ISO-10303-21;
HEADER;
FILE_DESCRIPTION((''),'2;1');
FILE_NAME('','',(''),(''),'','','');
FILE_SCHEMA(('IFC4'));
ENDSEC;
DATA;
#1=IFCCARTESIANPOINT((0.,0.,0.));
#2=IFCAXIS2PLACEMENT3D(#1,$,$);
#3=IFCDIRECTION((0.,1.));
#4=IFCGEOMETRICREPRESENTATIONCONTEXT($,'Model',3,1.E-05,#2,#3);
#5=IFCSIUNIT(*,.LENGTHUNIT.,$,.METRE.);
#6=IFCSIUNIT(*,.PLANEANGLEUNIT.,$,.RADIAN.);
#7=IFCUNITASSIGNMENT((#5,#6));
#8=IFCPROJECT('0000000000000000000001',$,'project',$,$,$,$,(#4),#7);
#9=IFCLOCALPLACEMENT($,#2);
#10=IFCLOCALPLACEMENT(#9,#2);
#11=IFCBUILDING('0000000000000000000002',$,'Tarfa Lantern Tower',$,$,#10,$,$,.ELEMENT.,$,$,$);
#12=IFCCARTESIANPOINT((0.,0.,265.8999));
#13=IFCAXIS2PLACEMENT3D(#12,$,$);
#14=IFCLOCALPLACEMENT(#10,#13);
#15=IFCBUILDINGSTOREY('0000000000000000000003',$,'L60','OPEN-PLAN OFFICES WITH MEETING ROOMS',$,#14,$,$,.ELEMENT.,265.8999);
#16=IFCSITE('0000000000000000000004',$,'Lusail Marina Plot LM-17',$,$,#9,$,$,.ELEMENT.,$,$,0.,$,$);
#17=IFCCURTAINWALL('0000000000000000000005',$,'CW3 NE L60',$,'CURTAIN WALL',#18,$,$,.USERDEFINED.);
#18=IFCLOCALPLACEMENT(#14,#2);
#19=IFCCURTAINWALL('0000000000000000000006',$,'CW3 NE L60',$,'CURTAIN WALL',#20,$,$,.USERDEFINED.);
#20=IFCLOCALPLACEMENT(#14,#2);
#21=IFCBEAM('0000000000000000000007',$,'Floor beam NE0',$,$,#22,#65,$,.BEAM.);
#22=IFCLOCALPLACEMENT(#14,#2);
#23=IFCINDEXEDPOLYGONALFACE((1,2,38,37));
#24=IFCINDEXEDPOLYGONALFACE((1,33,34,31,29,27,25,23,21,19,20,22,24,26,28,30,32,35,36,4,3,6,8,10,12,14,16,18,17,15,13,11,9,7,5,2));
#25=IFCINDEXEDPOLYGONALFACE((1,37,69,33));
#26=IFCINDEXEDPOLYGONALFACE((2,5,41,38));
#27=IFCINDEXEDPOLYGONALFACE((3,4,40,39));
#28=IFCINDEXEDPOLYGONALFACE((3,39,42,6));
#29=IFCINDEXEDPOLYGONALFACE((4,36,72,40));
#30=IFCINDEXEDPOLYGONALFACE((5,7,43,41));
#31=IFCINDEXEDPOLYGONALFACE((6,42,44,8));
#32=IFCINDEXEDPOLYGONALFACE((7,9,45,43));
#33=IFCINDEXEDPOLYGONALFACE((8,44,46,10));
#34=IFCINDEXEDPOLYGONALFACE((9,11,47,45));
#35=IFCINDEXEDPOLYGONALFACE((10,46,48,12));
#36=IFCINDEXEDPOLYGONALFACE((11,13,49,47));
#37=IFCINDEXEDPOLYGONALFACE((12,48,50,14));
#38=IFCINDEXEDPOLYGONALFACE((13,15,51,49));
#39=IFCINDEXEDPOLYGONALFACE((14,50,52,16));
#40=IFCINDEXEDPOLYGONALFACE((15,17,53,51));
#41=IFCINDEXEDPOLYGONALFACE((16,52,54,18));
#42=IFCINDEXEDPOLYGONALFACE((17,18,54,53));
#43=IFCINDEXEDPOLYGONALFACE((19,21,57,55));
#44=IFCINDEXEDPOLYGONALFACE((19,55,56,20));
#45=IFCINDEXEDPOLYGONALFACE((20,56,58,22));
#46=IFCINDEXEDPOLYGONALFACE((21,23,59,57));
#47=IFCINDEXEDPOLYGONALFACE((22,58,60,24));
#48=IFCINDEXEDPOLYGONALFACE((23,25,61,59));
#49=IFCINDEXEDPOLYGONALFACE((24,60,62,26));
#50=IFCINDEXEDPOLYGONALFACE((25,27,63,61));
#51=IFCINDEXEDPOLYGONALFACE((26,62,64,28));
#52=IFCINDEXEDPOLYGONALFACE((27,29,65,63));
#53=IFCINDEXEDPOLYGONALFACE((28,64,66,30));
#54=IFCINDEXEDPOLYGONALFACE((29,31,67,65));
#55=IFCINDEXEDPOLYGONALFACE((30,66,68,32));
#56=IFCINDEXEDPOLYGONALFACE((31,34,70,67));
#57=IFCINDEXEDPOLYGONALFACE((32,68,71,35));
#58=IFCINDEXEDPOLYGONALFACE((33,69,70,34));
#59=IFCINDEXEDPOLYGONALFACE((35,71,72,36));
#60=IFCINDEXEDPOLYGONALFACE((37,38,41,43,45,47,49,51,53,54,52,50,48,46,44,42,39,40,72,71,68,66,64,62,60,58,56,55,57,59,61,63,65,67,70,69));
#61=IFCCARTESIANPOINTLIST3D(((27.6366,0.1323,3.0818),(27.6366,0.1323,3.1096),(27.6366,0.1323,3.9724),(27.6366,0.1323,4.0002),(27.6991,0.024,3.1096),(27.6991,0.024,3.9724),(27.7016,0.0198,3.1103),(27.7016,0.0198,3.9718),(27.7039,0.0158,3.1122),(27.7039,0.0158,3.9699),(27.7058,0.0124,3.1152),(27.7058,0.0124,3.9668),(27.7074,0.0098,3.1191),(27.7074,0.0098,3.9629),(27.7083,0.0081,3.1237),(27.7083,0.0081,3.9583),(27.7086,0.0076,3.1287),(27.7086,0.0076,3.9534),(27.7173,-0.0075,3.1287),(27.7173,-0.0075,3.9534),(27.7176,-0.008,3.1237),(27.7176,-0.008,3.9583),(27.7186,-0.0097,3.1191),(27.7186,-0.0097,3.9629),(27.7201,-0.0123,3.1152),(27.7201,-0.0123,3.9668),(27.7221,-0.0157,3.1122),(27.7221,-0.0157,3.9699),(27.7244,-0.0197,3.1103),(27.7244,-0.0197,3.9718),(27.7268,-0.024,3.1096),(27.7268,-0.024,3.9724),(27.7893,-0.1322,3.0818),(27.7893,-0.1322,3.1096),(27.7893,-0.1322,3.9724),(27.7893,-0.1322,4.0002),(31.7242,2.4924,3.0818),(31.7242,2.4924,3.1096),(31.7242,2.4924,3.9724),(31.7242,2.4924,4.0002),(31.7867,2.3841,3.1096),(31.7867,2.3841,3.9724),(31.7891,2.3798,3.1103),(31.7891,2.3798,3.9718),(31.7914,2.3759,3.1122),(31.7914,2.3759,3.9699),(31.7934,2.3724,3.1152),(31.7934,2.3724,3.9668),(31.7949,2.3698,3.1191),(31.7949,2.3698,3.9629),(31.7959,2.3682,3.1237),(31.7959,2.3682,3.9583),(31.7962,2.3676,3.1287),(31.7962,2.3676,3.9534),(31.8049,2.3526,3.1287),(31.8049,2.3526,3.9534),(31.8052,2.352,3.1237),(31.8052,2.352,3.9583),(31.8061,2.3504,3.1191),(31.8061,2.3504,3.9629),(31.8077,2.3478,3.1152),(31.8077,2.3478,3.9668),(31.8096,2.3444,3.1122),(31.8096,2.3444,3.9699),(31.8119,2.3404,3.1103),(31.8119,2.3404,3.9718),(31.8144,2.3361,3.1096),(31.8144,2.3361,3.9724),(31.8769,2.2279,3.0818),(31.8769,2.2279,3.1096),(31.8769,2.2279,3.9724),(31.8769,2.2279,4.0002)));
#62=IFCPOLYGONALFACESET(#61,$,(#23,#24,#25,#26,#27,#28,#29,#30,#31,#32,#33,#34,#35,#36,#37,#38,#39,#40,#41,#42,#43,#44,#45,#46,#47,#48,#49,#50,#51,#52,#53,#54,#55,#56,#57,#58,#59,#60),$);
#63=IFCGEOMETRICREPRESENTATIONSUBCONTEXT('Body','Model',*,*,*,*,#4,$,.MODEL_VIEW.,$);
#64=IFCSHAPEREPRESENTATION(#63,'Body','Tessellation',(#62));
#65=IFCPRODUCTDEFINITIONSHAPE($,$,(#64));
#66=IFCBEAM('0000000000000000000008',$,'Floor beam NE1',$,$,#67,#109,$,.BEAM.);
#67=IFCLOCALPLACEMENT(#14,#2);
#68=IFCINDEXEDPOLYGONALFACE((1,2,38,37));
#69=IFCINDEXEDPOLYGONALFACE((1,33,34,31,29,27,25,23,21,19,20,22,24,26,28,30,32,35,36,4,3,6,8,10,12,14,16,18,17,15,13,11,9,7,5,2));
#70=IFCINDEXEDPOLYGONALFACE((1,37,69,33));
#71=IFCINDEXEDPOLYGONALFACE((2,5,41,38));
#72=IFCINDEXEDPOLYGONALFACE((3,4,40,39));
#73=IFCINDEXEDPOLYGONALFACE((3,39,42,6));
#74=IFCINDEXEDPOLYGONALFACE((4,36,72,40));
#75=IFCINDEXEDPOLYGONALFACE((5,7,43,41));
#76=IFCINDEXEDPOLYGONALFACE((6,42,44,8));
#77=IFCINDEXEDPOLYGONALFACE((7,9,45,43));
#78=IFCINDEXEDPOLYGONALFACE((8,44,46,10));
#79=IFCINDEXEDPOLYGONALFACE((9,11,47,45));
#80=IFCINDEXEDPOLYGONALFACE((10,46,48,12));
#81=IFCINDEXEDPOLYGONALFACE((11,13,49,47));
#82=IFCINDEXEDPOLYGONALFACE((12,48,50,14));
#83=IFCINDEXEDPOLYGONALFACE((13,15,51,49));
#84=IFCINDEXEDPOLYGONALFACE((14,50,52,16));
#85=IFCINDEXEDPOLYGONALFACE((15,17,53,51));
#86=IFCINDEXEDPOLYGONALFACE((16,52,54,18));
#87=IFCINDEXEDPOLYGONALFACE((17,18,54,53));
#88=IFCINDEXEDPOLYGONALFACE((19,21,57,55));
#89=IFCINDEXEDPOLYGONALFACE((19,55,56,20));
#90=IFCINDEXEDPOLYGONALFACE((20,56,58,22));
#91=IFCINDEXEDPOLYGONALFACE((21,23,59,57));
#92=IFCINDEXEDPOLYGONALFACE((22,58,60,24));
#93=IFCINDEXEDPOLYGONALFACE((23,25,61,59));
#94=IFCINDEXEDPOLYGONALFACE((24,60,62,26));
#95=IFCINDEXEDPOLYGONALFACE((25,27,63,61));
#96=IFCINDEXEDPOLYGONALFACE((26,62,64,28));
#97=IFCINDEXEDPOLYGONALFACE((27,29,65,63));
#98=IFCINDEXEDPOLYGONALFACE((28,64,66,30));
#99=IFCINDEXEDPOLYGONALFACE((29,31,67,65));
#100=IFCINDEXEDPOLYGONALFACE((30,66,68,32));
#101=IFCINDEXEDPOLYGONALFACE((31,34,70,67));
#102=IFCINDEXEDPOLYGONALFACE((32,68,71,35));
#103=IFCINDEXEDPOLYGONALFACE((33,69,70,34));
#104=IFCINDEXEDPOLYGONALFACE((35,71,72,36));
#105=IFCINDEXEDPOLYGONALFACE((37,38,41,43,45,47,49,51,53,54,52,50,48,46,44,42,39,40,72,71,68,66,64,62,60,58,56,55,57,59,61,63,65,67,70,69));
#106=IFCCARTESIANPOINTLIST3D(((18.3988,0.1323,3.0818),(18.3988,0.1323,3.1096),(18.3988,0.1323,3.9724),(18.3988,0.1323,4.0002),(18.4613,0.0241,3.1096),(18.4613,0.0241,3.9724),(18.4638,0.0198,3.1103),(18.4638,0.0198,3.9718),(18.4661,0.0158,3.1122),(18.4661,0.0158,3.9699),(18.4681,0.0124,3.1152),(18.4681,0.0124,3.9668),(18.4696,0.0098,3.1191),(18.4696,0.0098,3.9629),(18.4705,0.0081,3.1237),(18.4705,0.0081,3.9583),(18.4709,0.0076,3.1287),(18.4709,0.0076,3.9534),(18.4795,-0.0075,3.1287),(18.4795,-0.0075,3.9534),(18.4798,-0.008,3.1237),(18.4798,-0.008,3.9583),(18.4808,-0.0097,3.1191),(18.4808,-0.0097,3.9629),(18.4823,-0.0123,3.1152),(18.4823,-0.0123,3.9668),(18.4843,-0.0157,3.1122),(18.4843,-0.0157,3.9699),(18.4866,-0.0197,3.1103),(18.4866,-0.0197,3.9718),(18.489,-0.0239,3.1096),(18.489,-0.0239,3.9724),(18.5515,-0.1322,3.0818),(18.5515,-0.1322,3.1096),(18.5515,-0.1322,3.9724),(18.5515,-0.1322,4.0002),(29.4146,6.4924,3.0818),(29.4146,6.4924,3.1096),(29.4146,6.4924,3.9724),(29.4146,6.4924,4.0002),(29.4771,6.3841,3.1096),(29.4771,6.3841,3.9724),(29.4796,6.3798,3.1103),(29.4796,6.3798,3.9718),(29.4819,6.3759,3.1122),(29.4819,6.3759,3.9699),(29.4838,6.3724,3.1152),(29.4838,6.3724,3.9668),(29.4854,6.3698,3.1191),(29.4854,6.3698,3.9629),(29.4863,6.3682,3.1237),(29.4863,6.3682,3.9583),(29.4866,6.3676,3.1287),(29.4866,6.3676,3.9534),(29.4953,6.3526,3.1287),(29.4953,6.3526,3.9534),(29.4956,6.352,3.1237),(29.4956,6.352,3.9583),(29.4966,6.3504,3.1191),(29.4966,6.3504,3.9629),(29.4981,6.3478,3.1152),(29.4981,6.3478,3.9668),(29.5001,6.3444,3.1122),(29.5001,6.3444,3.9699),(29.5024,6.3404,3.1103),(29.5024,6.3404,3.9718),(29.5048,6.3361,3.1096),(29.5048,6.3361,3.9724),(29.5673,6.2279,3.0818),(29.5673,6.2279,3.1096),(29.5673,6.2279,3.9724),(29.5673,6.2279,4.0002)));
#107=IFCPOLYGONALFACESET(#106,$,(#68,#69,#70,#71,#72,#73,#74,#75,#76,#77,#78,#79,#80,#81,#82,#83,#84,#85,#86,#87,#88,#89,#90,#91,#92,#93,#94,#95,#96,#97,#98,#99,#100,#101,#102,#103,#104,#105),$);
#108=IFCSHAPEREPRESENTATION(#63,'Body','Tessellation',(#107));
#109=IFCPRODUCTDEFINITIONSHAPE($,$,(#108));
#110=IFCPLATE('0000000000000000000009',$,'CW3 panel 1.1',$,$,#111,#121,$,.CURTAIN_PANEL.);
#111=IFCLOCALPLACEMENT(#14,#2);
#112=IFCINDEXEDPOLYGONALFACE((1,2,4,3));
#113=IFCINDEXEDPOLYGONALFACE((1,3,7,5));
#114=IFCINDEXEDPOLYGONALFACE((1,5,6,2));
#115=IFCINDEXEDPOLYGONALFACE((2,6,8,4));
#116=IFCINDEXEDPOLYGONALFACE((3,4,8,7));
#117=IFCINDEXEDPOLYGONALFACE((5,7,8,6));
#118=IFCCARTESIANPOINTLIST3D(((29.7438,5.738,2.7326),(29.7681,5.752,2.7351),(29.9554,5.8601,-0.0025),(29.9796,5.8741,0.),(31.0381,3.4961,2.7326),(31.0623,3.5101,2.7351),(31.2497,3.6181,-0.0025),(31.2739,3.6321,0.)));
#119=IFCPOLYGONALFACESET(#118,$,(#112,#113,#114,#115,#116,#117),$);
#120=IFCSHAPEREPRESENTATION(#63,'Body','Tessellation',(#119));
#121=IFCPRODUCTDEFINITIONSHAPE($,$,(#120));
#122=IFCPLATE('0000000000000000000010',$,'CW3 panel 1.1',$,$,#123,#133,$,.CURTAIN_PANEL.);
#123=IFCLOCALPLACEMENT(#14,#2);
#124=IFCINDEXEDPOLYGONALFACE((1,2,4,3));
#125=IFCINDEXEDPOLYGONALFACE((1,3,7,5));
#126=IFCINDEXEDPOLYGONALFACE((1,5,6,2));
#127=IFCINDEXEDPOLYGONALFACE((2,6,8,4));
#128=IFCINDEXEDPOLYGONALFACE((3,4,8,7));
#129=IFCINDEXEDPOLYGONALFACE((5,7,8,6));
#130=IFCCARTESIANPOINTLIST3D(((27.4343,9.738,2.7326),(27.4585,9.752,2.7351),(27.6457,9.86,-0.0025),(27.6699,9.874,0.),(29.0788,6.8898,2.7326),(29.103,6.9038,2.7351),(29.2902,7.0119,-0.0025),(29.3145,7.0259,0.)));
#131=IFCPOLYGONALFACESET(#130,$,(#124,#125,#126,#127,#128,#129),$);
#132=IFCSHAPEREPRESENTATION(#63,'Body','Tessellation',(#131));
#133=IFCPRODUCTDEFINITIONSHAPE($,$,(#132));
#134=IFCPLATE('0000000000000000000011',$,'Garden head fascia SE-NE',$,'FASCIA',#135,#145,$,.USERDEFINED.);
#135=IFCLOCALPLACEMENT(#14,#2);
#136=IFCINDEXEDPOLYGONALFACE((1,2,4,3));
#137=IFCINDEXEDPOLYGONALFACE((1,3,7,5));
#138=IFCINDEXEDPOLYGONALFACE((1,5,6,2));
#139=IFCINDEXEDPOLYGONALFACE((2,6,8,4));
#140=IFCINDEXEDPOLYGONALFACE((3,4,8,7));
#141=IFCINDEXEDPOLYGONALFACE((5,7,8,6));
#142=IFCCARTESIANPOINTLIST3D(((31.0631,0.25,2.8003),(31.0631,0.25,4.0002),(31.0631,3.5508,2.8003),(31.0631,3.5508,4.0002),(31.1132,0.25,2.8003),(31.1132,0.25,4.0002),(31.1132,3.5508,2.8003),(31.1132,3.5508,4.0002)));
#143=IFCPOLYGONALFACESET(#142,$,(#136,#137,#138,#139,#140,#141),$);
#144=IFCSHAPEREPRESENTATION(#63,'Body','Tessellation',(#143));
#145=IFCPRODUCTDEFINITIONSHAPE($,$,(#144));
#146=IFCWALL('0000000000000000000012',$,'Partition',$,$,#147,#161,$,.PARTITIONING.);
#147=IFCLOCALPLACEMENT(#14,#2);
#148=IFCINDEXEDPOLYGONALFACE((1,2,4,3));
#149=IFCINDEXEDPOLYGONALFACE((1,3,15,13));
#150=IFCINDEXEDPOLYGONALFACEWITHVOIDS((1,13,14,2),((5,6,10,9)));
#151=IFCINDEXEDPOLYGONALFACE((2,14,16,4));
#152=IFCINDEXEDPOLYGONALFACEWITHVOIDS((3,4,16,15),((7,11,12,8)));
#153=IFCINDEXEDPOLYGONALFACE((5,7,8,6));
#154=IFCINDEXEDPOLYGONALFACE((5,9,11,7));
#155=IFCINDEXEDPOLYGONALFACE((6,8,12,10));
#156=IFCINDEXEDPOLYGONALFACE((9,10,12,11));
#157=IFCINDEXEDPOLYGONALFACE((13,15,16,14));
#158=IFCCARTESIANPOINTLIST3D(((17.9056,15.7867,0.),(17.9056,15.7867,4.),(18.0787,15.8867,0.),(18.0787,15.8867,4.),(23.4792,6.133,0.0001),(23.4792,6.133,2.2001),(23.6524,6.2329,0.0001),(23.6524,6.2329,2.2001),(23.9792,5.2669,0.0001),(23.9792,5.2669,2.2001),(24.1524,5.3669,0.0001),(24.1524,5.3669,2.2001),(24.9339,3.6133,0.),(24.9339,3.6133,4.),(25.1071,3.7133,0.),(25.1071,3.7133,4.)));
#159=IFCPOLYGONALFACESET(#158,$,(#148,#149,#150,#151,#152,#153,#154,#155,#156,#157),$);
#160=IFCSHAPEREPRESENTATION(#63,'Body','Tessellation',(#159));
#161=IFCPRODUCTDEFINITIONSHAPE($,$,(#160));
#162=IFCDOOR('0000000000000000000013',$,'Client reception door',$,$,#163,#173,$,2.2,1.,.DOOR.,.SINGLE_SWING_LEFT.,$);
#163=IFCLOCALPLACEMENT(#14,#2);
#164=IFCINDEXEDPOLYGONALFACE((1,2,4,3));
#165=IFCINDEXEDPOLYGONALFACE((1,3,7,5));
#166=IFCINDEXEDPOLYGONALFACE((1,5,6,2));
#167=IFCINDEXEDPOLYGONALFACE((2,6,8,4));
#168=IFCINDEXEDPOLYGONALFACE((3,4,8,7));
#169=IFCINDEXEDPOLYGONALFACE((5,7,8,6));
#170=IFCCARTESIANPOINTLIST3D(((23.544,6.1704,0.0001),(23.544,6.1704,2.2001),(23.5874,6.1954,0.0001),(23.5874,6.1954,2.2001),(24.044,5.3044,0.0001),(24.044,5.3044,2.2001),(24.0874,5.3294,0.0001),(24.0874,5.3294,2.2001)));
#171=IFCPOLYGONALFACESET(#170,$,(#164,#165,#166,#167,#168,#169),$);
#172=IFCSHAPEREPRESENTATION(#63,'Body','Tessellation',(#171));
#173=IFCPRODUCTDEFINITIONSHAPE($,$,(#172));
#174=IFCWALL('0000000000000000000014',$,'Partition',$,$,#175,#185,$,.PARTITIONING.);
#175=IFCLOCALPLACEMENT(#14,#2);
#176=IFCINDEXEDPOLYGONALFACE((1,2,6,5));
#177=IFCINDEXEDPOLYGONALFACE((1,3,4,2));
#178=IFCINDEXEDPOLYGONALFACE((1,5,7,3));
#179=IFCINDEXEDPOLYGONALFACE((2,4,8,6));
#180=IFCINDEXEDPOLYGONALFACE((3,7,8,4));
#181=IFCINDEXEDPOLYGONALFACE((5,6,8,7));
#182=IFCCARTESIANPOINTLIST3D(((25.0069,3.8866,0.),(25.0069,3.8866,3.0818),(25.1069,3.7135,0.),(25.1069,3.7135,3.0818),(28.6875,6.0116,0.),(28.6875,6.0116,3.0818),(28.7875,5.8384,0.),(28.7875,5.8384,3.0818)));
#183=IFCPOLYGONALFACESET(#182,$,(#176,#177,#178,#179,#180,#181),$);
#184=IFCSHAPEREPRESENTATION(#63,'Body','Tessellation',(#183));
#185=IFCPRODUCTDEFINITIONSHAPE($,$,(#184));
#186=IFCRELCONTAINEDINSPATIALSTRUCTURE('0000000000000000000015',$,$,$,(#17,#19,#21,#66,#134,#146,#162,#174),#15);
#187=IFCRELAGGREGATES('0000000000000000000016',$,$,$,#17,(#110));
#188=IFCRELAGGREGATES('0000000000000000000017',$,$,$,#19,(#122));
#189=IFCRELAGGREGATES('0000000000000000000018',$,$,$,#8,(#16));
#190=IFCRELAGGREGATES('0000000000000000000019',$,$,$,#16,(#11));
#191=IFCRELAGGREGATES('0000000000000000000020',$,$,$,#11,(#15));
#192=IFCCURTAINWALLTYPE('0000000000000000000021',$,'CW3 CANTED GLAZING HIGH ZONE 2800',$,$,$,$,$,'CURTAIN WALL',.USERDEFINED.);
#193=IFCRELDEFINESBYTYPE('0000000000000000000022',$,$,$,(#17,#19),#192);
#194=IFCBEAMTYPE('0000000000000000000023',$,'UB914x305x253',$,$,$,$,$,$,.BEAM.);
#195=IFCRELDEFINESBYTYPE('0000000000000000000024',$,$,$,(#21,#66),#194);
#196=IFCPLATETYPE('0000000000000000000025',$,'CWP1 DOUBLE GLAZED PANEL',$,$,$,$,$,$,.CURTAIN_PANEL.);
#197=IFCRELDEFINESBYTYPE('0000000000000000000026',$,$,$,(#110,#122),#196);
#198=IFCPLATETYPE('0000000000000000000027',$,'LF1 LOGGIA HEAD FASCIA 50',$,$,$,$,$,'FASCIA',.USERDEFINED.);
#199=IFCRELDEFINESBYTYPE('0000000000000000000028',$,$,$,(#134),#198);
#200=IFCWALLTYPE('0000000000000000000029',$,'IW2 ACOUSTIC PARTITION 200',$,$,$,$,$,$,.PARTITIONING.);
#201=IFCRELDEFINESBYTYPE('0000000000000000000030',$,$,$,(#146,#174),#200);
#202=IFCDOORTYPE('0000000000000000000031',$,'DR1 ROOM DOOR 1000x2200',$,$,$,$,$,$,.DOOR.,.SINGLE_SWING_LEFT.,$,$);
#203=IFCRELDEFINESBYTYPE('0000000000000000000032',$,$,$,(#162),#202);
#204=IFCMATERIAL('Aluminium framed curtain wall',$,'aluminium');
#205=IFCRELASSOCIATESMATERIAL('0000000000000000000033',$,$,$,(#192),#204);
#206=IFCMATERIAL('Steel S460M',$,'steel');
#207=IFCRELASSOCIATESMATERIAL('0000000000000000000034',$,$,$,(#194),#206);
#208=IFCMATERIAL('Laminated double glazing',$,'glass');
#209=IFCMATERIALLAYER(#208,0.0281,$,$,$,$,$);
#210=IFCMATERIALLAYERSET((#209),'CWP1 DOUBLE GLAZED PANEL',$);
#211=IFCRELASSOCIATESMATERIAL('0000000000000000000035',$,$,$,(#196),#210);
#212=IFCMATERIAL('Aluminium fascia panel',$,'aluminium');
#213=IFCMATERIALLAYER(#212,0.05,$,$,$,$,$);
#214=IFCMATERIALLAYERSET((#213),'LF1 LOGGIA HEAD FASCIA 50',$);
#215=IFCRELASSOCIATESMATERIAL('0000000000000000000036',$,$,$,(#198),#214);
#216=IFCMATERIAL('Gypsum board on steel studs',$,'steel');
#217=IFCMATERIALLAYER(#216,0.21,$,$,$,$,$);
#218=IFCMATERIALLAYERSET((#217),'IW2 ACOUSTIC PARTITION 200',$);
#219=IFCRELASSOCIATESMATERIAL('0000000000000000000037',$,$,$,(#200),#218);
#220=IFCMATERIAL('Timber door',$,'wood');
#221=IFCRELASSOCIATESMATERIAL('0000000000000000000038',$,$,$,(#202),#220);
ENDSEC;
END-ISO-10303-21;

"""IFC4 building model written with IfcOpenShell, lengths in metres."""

from ifc_helpers import new_model, si_unit, direction, frame, frame_2d, origin, origin_2d, place, context, subcontext, project, spatial, polyline, rectangle, i_section, outline, extrude, material, layer, layer_set, material_profile, profile_set, type_object, element, fill, aggregate, save


model = new_model("IFC4")

# Units and contexts
model_context = context("Model", 3, precision=1e-05, world=origin(), true_north=direction((0.0, 1.0)))
body_context = subcontext(model_context, "Body", "Model", "MODEL_VIEW")
ifc_project = project(units=[si_unit("LENGTHUNIT", "METRE"), si_unit("PLANEANGLEUNIT", "RADIAN")], contexts=[model_context])

# Site, building, storey
site_placement = place(None, origin())
site = spatial("IfcSite", under=ifc_project, at=site_placement, Name="Lusail Marina Plot LM-17", CompositionType="ELEMENT", RefElevation=0.0)
building_placement = place(site_placement, origin())
building = spatial("IfcBuilding", under=site, at=building_placement, Name="Tarfa Lantern Tower", CompositionType="ELEMENT")
storey_placement = place(building_placement, frame((0.0, 0.0, 265.8999)))
storey = spatial("IfcBuildingStorey", under=building, at=storey_placement, Name="L60", Description="OPEN-PLAN OFFICES WITH MEETING ROOMS", CompositionType="ELEMENT", Elevation=265.8999)

# Curtain walls
ifc_material_1 = material(Name="Aluminium framed curtain wall", Category="aluminium")
curtain_wall_type = type_object("IfcCurtainWallType", Name="CW3 CANTED GLAZING HIGH ZONE 2800", ElementType="CURTAIN WALL", PredefinedType="USERDEFINED", material=ifc_material_1)
curtain_wall_1_placement = place(storey_placement, origin())
curtain_wall_1 = element("IfcCurtainWall", 1, at=curtain_wall_1_placement, inside=storey, type_object=curtain_wall_type, Name="CW3 NE L60", ObjectType="CURTAIN WALL", PredefinedType="USERDEFINED")
curtain_wall_2_placement = place(storey_placement, origin())
curtain_wall_2 = element("IfcCurtainWall", 2, at=curtain_wall_2_placement, inside=storey, type_object=curtain_wall_type, Name="CW3 NE L60", ObjectType="CURTAIN WALL", PredefinedType="USERDEFINED")

# Beams
ifc_material_2 = material(Name="Steel S460M", Category="steel")
ifc_material_profile_1 = material_profile(ifc_material_2, i_section(OverallWidth=0.3054, OverallDepth=0.9185, WebThickness=0.0173, FlangeThickness=0.0278, FilletRadius=0.019, at=origin_2d()), Name="UB914x305x253")
ifc_profile_set_1 = profile_set([ifc_material_profile_1], Name="Steel S460M")
beam_type_1 = type_object("IfcBeamType", Name="UB914x305x253", PredefinedType="BEAM", material=ifc_profile_set_1)
beam_1_placement = place(storey_placement, frame((31.8005, 2.3601, 3.541), z_axis=(-0.866016, -0.500016, 0.0), x_axis=(0.500016, -0.866016, 0.0)))
element("IfcBeam", 3, at=beam_1_placement, inside=storey, type_object=beam_type_1, Name="Floor beam NE0", PredefinedType="BEAM", context=body_context, shape_type="SweptSolid", body=[
    extrude(i_section(OverallWidth=0.3054, OverallDepth=0.9185, WebThickness=0.0173, FlangeThickness=0.0278, FilletRadius=0.019, at=origin_2d()), origin(), (0.0, 0.0, 1.0), 4.72),
])
beam_2_placement = place(storey_placement, frame((29.491, 6.3601, 3.541), z_axis=(-0.866022, -0.500005, 0.0), x_axis=(0.500005, -0.866022, 0.0)))
element("IfcBeam", 4, at=beam_2_placement, inside=storey, type_object=beam_type_1, Name="Floor beam NE1", PredefinedType="BEAM", context=body_context, shape_type="SweptSolid", body=[
    extrude(i_section(OverallWidth=0.3054, OverallDepth=0.9185, WebThickness=0.0173, FlangeThickness=0.0278, FilletRadius=0.019, at=origin_2d()), origin(), (0.0, 0.0, 1.0), 12.72),
])

# Plates
ifc_material_3 = material(Name="Laminated double glazing", Category="glass")
ifc_layer_1 = layer(ifc_material_3, 0.0281)
ifc_layer_set_1 = layer_set([ifc_layer_1], Name="CWP1 DOUBLE GLAZED PANEL")
plate_type_1 = type_object("IfcPlateType", Name="CWP1 DOUBLE GLAZED PANEL", PredefinedType="CURTAIN_PANEL", material=ifc_layer_set_1)
plate_1_placement = place(storey_placement, frame((31.2739, 3.6321, 0.0), z_axis=(0.862605, 0.497997, 0.088945), x_axis=(-0.499979, 0.866038, 0.000004)))
plate_1 = element("IfcPlate", 5, at=plate_1_placement, type_object=plate_type_1, Name="CW3 panel 1.1", PredefinedType="CURTAIN_PANEL", context=body_context, shape_type="SweptSolid", body=[
    extrude(outline(polyline([(0.0, 0.0), (2.5888, 0.0), (2.5888, 2.746), (0.0001, 2.746), (0.0, 0.0)])), origin(), (0.0, 0.0, -1.0), 0.0281),
])
aggregate(curtain_wall_1, [plate_1])
plate_2_placement = place(storey_placement, frame((29.3145, 7.0259, 0.0), z_axis=(0.862576, 0.498055, 0.088906), x_axis=(-0.500035, 0.866005, 0.0)))
plate_2 = element("IfcPlate", 6, at=plate_2_placement, type_object=plate_type_1, Name="CW3 panel 1.1", PredefinedType="CURTAIN_PANEL", context=body_context, shape_type="SweptSolid", body=[
    extrude(outline(polyline([(0.0, 0.0), (3.2888, 0.0), (3.2888, 2.746), (0.0, 2.746), (0.0, 0.0)])), origin(), (0.0, 0.0, -1.0), 0.0281),
])
aggregate(curtain_wall_2, [plate_2])
ifc_material_4 = material(Name="Aluminium fascia panel", Category="aluminium")
ifc_layer_2 = layer(ifc_material_4, 0.05)
ifc_layer_set_2 = layer_set([ifc_layer_2], Name="LF1 LOGGIA HEAD FASCIA 50")
plate_type_2 = type_object("IfcPlateType", Name="LF1 LOGGIA HEAD FASCIA 50", ElementType="FASCIA", PredefinedType="USERDEFINED", material=ifc_layer_set_2)
plate_3_placement = place(storey_placement, frame((31.0881, 1.9004, 2.8003), z_axis=(0.0, 0.0, 1.0), x_axis=(0.0, 1.0, 0.0)))
element("IfcPlate", 7, at=plate_3_placement, inside=storey, type_object=plate_type_2, Name="Garden head fascia SE-NE", ObjectType="FASCIA", PredefinedType="USERDEFINED", context=body_context, shape_type="SweptSolid", body=[
    extrude(rectangle(XDim=3.3008, YDim=0.05, at=origin_2d()), origin(), (0.0, 0.0, 1.0), 1.2),
])

# Wall, opening, door
ifc_material_5 = material(Name="Gypsum board on steel studs", Category="steel")
ifc_layer_3 = layer(ifc_material_5, 0.21)
ifc_layer_set_3 = layer_set([ifc_layer_3], Name="IW2 ACOUSTIC PARTITION 200")
wall_type = type_object("IfcWallType", Name="IW2 ACOUSTIC PARTITION 200", PredefinedType="PARTITIONING", material=ifc_layer_set_3)
wall_1_placement = place(storey_placement, frame((25.0205, 3.6633, 0.0), z_axis=(0.0, 0.0, 1.0), x_axis=(-0.500002, 0.866024, 0.0)))
wall_1 = element("IfcWall", 8, at=wall_1_placement, inside=storey, type_object=wall_type, Name="Partition", PredefinedType="PARTITIONING", context=body_context, shape_type="SweptSolid", body=[
    extrude(rectangle(XDim=14.0566, YDim=0.2, at=frame_2d((7.0283, 0.0))), origin(), (0.0, 0.0, 1.0), 4.0),
])
opening_1_placement = place(wall_1_placement, frame((1.9094, 0.0, 0.0)))
opening_1 = element("IfcOpeningElement", 9, at=opening_1_placement, cuts=wall_1, PredefinedType="OPENING", context=body_context, shape_type="SweptSolid", body=[
    extrude(rectangle(XDim=1.0, YDim=2.2, at=frame_2d((0.5, 1.1001))), frame((0.0, 0.1099, 0.0), z_axis=(0.0, -1.0, 0.0), x_axis=(1.0, 0.0, 0.0)), (0.0, 0.0, 1.0), 0.22),
])
ifc_material_6 = material(Name="Timber door", Category="wood")
door_type = type_object("IfcDoorType", Name="DR1 ROOM DOOR 1000x2200", OperationType="SINGLE_SWING_LEFT", PredefinedType="DOOR", material=ifc_material_6)
door_1_placement = place(opening_1_placement, frame((1.0, 0.0, 0.0), z_axis=(0.0, 0.0, 1.0), x_axis=(-1.0, 0.0, 0.0)))
door_1 = element("IfcDoor", 10, at=door_1_placement, inside=storey, type_object=door_type, Name="Client reception door", OperationType="SINGLE_SWING_LEFT", OverallHeight=2.2, OverallWidth=1.0, PredefinedType="DOOR", context=body_context, shape_type="SweptSolid", body=[
    extrude(rectangle(XDim=1.0, YDim=2.2, at=frame_2d((0.5, 1.1001))), frame((0.0, 0.0249, 0.0), z_axis=(0.0, -1.0, 0.0), x_axis=(1.0, 0.0, 0.0)), (0.0, 0.0, 1.0), 0.05),
])
fill(opening_1, door_1)

# Wall
wall_2_placement = place(storey_placement, frame((25.0569, 3.8, 0.0), z_axis=(0.0, 0.0, 1.0), x_axis=(0.866029, 0.499994, 0.0)))
element("IfcWall", 11, at=wall_2_placement, inside=storey, type_object=wall_type, Name="Partition", PredefinedType="PARTITIONING", context=body_context, shape_type="SweptSolid", body=[
    extrude(rectangle(XDim=4.25, YDim=0.2, at=frame_2d((2.125, 0.0))), origin(), (0.0, 0.0, 1.0), 3.0818),
])

save(model, "model.ifc")
